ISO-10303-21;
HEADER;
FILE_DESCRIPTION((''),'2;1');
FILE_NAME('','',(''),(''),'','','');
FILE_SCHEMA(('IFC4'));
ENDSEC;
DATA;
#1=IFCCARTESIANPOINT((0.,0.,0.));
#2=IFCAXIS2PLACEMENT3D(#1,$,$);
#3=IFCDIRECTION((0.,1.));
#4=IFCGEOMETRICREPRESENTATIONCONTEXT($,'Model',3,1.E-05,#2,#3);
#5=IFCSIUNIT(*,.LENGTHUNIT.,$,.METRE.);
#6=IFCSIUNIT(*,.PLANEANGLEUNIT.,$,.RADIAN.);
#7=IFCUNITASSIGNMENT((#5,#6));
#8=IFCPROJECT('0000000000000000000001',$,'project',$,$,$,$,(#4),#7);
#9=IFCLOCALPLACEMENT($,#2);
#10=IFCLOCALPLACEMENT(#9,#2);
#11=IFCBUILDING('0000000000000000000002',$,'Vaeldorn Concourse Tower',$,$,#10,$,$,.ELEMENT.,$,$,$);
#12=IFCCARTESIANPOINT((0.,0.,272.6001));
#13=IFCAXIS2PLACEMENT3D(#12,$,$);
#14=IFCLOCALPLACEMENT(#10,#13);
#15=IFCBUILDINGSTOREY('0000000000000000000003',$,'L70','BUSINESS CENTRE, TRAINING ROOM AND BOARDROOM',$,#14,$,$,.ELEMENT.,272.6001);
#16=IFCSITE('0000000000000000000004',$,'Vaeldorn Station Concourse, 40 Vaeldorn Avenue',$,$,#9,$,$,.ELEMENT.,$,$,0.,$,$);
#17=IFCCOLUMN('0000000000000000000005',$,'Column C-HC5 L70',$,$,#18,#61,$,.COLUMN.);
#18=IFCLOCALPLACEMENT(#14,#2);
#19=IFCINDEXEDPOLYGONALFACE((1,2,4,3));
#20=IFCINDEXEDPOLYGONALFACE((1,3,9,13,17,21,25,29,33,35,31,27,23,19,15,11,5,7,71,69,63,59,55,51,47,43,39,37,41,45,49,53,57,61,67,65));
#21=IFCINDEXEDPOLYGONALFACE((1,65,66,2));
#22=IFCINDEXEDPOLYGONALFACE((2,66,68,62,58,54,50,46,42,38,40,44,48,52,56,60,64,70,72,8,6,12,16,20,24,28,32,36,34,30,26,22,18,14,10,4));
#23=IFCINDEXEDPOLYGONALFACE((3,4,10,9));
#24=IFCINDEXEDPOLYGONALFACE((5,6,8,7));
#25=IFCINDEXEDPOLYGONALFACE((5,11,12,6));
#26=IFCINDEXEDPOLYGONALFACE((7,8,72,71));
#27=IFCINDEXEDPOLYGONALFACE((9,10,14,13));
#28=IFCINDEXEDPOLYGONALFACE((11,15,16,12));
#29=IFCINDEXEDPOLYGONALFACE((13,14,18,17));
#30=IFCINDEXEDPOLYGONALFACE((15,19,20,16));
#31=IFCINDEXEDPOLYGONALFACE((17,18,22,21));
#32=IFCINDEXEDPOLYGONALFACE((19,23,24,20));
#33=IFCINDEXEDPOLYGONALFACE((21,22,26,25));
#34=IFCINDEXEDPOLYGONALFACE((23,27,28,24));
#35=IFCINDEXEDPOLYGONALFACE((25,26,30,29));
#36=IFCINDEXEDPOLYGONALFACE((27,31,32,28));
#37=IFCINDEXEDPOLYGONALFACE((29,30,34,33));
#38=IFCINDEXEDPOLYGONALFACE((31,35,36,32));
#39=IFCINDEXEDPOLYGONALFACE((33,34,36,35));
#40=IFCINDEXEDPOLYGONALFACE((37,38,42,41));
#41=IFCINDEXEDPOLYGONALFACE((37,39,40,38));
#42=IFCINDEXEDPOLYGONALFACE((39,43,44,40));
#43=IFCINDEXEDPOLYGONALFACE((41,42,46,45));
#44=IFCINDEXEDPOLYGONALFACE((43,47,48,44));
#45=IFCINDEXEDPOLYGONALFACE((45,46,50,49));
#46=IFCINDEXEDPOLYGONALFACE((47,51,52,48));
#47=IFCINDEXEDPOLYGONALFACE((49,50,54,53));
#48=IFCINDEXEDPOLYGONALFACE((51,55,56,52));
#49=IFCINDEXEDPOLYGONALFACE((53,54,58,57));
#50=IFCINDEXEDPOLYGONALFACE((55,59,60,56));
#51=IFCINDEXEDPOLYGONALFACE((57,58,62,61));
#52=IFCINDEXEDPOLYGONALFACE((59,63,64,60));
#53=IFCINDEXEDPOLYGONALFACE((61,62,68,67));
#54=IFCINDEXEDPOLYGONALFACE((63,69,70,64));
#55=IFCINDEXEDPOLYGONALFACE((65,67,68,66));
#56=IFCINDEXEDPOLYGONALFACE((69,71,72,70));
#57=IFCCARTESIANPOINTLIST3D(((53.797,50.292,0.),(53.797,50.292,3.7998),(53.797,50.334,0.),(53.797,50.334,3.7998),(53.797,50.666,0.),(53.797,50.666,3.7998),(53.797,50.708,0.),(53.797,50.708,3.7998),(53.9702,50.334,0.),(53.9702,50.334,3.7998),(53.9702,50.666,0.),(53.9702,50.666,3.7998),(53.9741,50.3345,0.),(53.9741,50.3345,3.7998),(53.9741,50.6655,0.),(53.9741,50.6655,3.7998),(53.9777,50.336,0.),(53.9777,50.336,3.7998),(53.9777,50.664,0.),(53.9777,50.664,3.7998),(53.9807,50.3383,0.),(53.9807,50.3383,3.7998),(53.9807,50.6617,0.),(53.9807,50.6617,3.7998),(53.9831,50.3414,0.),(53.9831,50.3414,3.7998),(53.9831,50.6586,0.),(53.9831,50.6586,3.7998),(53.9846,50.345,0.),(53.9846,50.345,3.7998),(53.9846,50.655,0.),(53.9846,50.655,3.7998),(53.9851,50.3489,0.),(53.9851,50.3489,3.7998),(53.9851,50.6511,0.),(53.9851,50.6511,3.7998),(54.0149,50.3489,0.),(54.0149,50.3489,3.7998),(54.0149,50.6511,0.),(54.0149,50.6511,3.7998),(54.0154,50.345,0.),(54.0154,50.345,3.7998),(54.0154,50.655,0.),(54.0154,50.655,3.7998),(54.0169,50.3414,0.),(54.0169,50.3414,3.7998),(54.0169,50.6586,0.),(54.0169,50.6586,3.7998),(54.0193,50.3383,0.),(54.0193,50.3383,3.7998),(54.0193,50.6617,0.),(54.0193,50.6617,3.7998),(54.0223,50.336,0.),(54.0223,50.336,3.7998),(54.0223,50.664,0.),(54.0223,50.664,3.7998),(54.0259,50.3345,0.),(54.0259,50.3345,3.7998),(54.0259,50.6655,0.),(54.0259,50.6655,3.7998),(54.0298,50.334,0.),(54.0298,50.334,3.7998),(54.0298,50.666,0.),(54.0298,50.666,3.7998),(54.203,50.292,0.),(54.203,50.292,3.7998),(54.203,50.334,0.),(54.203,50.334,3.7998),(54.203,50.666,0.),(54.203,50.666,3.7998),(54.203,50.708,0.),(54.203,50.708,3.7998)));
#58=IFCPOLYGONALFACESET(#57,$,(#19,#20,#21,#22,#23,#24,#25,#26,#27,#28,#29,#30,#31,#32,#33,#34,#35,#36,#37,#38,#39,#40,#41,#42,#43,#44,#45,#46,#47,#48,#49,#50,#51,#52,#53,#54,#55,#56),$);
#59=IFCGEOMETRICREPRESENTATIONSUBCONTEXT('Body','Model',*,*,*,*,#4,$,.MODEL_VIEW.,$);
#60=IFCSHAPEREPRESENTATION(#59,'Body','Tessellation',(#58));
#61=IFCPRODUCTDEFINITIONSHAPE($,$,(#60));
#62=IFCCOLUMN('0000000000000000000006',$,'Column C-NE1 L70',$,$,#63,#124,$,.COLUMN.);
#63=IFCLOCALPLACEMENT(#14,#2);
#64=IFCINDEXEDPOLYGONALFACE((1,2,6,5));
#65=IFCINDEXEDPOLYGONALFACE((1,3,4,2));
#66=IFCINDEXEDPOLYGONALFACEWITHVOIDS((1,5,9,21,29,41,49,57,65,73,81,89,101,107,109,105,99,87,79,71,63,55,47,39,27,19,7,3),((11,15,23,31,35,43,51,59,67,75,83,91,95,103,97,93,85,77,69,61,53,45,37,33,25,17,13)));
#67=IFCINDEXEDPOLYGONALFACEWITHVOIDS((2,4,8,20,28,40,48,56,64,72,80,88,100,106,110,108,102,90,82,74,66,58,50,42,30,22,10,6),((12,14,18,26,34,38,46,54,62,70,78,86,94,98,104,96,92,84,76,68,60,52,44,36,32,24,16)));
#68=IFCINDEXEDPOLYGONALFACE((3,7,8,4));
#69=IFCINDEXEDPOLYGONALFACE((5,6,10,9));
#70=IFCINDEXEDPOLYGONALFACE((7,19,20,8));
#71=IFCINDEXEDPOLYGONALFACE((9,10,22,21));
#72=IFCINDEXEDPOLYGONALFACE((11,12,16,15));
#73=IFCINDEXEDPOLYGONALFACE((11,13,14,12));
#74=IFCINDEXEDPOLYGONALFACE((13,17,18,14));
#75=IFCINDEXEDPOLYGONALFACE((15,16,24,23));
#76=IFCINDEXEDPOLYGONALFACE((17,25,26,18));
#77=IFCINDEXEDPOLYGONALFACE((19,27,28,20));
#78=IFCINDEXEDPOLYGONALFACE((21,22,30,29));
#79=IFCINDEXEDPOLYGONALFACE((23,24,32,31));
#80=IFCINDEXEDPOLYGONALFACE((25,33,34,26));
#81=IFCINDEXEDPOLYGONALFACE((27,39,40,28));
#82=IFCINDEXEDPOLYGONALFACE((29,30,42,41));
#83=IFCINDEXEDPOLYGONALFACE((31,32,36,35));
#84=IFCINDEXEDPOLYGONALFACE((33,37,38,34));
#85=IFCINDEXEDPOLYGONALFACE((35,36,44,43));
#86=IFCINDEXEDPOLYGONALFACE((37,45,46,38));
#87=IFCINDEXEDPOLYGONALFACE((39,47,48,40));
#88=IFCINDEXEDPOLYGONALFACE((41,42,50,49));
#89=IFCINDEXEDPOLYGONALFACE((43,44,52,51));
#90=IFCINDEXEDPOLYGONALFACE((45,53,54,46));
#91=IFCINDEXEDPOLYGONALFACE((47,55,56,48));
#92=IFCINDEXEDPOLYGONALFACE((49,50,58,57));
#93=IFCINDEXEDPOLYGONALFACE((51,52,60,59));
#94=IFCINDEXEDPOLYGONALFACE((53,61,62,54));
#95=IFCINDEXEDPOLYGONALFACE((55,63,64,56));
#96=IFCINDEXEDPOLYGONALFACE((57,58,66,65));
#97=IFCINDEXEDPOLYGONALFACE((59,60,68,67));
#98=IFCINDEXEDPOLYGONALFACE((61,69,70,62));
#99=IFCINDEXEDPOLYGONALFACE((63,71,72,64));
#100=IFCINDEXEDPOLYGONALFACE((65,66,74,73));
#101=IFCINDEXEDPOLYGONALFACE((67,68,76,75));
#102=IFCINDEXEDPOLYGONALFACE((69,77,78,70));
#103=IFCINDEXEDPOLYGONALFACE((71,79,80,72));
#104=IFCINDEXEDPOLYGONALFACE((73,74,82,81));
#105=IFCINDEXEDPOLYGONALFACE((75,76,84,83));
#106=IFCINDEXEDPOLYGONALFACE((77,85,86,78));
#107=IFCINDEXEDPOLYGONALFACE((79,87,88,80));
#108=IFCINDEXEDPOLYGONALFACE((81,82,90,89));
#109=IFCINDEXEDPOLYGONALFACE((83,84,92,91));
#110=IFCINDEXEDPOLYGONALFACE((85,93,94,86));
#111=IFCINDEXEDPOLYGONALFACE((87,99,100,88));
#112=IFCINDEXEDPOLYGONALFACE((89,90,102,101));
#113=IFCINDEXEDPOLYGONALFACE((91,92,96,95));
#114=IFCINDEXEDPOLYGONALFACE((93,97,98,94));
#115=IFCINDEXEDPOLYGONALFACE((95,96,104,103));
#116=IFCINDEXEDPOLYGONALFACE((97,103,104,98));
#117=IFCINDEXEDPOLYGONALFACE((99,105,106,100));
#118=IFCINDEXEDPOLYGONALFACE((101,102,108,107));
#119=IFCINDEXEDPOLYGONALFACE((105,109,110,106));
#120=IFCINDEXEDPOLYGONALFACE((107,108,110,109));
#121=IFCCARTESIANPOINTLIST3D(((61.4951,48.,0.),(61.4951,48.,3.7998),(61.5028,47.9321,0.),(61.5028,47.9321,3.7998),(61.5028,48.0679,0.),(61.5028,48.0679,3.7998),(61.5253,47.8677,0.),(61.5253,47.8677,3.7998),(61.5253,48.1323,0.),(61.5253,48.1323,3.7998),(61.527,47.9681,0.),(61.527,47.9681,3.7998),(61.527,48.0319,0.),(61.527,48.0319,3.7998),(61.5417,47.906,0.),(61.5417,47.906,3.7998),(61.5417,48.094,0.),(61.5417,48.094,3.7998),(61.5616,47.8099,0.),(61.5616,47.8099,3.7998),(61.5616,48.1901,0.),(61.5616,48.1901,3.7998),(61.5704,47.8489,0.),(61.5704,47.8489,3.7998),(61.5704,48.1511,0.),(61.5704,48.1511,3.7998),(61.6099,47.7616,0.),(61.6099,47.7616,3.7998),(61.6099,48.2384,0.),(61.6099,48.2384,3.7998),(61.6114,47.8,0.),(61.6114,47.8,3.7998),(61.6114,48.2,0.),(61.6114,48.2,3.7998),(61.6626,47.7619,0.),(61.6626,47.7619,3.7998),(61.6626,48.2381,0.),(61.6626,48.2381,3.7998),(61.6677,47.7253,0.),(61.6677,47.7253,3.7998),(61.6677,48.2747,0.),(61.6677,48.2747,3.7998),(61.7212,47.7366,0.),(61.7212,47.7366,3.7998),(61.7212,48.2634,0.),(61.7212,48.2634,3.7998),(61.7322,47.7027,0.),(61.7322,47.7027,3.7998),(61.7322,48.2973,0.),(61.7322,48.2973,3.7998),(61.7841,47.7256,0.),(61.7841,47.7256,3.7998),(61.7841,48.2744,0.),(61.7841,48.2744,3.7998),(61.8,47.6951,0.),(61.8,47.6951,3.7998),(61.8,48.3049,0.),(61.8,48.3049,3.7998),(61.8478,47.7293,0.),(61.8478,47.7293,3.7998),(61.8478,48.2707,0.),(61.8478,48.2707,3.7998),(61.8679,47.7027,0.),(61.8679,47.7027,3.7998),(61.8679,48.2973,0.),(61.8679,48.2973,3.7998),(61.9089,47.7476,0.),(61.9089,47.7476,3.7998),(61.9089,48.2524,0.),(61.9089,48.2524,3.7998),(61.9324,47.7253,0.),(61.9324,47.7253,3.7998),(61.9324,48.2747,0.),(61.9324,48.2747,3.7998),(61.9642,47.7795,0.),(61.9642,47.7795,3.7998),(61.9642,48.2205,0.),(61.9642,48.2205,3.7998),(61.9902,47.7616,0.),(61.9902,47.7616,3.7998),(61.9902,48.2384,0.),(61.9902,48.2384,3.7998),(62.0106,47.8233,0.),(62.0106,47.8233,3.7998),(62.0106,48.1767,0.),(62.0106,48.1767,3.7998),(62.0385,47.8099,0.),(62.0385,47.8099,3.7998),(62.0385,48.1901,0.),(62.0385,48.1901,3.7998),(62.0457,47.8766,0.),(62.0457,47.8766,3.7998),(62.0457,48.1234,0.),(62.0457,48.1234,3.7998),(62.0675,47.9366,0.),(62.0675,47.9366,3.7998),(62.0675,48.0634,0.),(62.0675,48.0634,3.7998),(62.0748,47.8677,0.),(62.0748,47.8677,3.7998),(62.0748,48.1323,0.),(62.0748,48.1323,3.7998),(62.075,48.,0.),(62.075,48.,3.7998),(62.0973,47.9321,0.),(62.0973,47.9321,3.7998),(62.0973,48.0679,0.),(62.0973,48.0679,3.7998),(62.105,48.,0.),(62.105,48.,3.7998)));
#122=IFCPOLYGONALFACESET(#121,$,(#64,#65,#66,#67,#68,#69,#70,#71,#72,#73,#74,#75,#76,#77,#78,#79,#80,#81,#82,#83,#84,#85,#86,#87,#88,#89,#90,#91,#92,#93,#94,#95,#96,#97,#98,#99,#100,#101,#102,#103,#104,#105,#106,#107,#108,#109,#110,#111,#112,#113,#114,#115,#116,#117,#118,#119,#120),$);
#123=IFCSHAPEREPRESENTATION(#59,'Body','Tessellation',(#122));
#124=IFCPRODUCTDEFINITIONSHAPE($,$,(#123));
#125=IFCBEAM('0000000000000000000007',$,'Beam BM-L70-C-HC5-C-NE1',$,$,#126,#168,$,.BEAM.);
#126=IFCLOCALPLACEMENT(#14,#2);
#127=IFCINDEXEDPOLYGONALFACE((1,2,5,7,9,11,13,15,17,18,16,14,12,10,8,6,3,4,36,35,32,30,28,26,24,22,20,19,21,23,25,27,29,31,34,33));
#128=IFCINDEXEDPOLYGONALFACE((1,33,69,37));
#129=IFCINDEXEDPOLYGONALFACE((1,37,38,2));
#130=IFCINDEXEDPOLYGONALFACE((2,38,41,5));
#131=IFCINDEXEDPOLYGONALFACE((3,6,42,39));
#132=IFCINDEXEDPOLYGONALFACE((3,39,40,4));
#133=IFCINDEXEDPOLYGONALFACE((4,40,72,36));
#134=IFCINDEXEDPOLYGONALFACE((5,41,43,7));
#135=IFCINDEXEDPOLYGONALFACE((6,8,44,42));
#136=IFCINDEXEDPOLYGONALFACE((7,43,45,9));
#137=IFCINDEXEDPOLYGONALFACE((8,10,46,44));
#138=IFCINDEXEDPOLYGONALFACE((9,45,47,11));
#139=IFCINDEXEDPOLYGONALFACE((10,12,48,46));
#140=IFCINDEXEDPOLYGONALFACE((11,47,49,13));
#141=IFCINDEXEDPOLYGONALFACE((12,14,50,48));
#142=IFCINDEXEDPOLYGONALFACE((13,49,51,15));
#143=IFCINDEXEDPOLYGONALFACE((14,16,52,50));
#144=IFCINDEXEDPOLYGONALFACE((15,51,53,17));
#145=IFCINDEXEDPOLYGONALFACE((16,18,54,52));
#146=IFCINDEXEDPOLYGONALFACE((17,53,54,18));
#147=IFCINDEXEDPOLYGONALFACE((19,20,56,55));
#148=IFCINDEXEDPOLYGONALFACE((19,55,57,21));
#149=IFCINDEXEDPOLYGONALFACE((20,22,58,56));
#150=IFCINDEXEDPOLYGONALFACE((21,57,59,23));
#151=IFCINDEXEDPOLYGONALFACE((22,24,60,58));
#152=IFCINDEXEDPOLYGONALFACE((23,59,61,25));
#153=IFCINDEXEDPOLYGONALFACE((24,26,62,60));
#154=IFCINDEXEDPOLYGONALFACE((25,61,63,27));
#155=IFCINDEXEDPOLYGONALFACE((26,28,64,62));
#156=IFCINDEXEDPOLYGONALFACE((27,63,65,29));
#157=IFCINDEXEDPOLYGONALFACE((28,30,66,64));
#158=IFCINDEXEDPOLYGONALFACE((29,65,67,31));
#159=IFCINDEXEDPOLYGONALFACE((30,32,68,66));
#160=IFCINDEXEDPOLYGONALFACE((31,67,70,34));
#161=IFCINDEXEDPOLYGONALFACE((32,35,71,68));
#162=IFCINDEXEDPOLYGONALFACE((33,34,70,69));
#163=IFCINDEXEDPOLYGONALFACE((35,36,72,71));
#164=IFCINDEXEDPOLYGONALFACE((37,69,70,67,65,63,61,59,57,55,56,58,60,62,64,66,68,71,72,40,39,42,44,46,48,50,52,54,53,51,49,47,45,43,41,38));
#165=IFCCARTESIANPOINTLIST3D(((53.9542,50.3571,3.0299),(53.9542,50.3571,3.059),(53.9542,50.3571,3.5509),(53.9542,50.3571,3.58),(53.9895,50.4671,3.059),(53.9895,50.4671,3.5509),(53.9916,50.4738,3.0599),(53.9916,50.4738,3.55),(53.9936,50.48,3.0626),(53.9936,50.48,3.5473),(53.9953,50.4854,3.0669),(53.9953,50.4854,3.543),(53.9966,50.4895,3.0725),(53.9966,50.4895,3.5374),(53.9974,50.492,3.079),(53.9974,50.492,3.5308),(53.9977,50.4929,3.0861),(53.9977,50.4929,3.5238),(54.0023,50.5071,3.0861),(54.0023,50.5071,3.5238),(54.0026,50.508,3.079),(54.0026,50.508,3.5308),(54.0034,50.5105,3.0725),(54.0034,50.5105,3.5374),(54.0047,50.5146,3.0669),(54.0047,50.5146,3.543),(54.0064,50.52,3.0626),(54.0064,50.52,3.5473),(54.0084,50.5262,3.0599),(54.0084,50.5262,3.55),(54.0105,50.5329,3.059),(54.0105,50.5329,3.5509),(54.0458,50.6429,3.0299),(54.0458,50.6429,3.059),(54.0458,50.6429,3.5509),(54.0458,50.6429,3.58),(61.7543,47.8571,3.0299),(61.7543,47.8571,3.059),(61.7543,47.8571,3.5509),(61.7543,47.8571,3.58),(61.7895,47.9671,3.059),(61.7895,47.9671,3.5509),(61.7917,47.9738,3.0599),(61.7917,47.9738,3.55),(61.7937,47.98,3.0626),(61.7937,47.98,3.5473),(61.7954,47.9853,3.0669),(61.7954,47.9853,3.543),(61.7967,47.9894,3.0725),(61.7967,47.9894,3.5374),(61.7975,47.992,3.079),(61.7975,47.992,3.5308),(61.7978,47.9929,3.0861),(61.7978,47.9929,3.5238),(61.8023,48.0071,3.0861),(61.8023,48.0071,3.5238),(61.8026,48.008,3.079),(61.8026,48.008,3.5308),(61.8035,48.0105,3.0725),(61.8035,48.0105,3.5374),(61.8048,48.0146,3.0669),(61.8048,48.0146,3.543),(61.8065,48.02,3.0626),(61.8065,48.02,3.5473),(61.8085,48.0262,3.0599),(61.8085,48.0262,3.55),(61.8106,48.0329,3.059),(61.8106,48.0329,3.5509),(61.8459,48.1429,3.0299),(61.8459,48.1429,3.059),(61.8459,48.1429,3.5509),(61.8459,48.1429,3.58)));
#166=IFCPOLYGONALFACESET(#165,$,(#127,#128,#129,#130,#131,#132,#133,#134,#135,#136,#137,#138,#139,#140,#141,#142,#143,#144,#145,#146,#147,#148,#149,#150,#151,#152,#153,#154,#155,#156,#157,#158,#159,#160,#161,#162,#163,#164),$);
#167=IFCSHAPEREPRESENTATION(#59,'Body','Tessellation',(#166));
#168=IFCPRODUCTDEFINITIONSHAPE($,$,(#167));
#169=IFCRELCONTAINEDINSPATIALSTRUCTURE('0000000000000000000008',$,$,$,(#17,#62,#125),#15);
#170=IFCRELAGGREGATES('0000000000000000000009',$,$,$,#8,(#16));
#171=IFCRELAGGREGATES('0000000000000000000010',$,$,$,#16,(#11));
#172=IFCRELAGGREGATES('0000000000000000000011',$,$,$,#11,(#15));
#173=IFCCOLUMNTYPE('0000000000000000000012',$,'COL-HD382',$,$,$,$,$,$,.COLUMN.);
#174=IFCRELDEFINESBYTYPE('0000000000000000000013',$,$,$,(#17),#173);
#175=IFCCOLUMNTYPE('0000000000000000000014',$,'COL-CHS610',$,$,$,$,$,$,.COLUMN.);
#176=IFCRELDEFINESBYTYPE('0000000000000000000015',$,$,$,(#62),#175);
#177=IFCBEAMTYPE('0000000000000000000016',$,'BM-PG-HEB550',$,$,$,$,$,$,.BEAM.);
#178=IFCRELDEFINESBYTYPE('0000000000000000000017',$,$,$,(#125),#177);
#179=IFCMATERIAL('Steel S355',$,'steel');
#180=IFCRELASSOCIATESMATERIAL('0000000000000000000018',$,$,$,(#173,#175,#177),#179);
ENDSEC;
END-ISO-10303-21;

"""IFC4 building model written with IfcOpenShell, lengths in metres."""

from ifc_helpers import new_model, si_unit, direction, frame, origin, origin_2d, place, context, subcontext, project, spatial, hollow_circle, i_section, extrude, source, transform, mapped, material, material_profile, profile_set, type_object, element, save


model = new_model("IFC4")

# Units and contexts
model_context = context("Model", 3, precision=1e-05, world=origin(), true_north=direction((0.0, 1.0)))
body_context = subcontext(model_context, "Body", "Model", "MODEL_VIEW")
ifc_project = project(units=[si_unit("LENGTHUNIT", "METRE"), si_unit("PLANEANGLEUNIT", "RADIAN")], contexts=[model_context])

# Site, building, storey
site_placement = place(None, origin())
site = spatial("IfcSite", under=ifc_project, at=site_placement, Name="Vaeldorn Station Concourse, 40 Vaeldorn Avenue", CompositionType="ELEMENT", RefElevation=0.0)
building_placement = place(site_placement, origin())
building = spatial("IfcBuilding", under=site, at=building_placement, Name="Vaeldorn Concourse Tower", CompositionType="ELEMENT")
storey_placement = place(building_placement, frame((0.0, 0.0, 272.6001)))
storey = spatial("IfcBuildingStorey", under=building, at=storey_placement, Name="L70", Description="BUSINESS CENTRE, TRAINING ROOM AND BOARDROOM", CompositionType="ELEMENT", Elevation=272.6001)

# Columns
ifc_material_1 = material(Name="Steel S355", Category="steel")
ifc_material_profile_1 = material_profile(ifc_material_1, i_section(OverallWidth=0.406, OverallDepth=0.416, WebThickness=0.0298, FlangeThickness=0.042, FilletRadius=0.0149, at=origin_2d()), Name="HD 400x382")
ifc_profile_set_1 = profile_set([ifc_material_profile_1], Name="Steel S355")
column_type_1 = type_object("IfcColumnType", Name="COL-HD382", PredefinedType="COLUMN", material=ifc_profile_set_1)
shared_shape_1 = source(origin(), body_context, "Body", "SweptSolid", [
    extrude(i_section(OverallWidth=0.406, OverallDepth=0.416, WebThickness=0.0298, FlangeThickness=0.042, FilletRadius=0.0149, at=origin_2d()), origin(), (0.0, 0.0, 1.0), 3.7998),
])
column_1_placement = place(storey_placement, frame((54.0, 50.5, 0.0), z_axis=(0.0, 0.0, 1.0), x_axis=(1.0, 0.0, 0.0)))
element("IfcColumn", 1, at=column_1_placement, inside=storey, type_object=column_type_1, Name="Column C-HC5 L70", PredefinedType="COLUMN", context=body_context, shape_type="MappedRepresentation", body=[
    mapped(shared_shape_1, transform((0.0, 0.0, 0.0), scale=1.0)),
])
ifc_material_profile_2 = material_profile(ifc_material_1, hollow_circle(Radius=0.3049, WallThickness=0.03, at=origin_2d()), Name="CHS 610x30")
ifc_profile_set_2 = profile_set([ifc_material_profile_2], Name="Steel S355")
column_type_2 = type_object("IfcColumnType", Name="COL-CHS610", PredefinedType="COLUMN", material=ifc_profile_set_2)
shared_shape_2 = source(origin(), body_context, "Body", "SweptSolid", [
    extrude(hollow_circle(Radius=0.3049, WallThickness=0.03, at=origin_2d()), origin(), (0.0, 0.0, 1.0), 3.7998),
])
column_2_placement = place(storey_placement, frame((61.8, 48.0, 0.0), z_axis=(0.0, 0.0, 1.0), x_axis=(1.0, 0.0, 0.0)))
element("IfcColumn", 2, at=column_2_placement, inside=storey, type_object=column_type_2, Name="Column C-NE1 L70", PredefinedType="COLUMN", context=body_context, shape_type="MappedRepresentation", body=[
    mapped(shared_shape_2, transform((0.0, 0.0, 0.0), scale=1.0)),
])

# Beam
ifc_material_profile_3 = material_profile(ifc_material_1, i_section(OverallWidth=0.3, OverallDepth=0.55, WebThickness=0.0149, FlangeThickness=0.0291, FilletRadius=0.0271, at=origin_2d()), Name="HEB 550")
ifc_profile_set_3 = profile_set([ifc_material_profile_3], Name="Steel S355")
beam_type_1 = type_object("IfcBeamType", Name="BM-PG-HEB550", PredefinedType="BEAM", material=ifc_profile_set_3)
shared_shape_3 = source(origin(), body_context, "Body", "SweptSolid", [
    extrude(i_section(OverallWidth=0.3, OverallDepth=0.55, WebThickness=0.0149, FlangeThickness=0.0291, FilletRadius=0.0271, at=origin_2d()), origin(), (0.0, 0.0, 1.0), 8.1909),
])
beam_1_placement = place(storey_placement, frame((54.0, 50.5, 3.3049), z_axis=(0.952283, -0.305217, 0.0), x_axis=(0.305217, 0.952283, 0.0)))
element("IfcBeam", 3, at=beam_1_placement, inside=storey, type_object=beam_type_1, Name="Beam BM-L70-C-HC5-C-NE1", PredefinedType="BEAM", context=body_context, shape_type="MappedRepresentation", body=[
    mapped(shared_shape_3, transform((0.0, 0.0, 0.0), scale=1.0)),
])

save(model, "model.ifc")
